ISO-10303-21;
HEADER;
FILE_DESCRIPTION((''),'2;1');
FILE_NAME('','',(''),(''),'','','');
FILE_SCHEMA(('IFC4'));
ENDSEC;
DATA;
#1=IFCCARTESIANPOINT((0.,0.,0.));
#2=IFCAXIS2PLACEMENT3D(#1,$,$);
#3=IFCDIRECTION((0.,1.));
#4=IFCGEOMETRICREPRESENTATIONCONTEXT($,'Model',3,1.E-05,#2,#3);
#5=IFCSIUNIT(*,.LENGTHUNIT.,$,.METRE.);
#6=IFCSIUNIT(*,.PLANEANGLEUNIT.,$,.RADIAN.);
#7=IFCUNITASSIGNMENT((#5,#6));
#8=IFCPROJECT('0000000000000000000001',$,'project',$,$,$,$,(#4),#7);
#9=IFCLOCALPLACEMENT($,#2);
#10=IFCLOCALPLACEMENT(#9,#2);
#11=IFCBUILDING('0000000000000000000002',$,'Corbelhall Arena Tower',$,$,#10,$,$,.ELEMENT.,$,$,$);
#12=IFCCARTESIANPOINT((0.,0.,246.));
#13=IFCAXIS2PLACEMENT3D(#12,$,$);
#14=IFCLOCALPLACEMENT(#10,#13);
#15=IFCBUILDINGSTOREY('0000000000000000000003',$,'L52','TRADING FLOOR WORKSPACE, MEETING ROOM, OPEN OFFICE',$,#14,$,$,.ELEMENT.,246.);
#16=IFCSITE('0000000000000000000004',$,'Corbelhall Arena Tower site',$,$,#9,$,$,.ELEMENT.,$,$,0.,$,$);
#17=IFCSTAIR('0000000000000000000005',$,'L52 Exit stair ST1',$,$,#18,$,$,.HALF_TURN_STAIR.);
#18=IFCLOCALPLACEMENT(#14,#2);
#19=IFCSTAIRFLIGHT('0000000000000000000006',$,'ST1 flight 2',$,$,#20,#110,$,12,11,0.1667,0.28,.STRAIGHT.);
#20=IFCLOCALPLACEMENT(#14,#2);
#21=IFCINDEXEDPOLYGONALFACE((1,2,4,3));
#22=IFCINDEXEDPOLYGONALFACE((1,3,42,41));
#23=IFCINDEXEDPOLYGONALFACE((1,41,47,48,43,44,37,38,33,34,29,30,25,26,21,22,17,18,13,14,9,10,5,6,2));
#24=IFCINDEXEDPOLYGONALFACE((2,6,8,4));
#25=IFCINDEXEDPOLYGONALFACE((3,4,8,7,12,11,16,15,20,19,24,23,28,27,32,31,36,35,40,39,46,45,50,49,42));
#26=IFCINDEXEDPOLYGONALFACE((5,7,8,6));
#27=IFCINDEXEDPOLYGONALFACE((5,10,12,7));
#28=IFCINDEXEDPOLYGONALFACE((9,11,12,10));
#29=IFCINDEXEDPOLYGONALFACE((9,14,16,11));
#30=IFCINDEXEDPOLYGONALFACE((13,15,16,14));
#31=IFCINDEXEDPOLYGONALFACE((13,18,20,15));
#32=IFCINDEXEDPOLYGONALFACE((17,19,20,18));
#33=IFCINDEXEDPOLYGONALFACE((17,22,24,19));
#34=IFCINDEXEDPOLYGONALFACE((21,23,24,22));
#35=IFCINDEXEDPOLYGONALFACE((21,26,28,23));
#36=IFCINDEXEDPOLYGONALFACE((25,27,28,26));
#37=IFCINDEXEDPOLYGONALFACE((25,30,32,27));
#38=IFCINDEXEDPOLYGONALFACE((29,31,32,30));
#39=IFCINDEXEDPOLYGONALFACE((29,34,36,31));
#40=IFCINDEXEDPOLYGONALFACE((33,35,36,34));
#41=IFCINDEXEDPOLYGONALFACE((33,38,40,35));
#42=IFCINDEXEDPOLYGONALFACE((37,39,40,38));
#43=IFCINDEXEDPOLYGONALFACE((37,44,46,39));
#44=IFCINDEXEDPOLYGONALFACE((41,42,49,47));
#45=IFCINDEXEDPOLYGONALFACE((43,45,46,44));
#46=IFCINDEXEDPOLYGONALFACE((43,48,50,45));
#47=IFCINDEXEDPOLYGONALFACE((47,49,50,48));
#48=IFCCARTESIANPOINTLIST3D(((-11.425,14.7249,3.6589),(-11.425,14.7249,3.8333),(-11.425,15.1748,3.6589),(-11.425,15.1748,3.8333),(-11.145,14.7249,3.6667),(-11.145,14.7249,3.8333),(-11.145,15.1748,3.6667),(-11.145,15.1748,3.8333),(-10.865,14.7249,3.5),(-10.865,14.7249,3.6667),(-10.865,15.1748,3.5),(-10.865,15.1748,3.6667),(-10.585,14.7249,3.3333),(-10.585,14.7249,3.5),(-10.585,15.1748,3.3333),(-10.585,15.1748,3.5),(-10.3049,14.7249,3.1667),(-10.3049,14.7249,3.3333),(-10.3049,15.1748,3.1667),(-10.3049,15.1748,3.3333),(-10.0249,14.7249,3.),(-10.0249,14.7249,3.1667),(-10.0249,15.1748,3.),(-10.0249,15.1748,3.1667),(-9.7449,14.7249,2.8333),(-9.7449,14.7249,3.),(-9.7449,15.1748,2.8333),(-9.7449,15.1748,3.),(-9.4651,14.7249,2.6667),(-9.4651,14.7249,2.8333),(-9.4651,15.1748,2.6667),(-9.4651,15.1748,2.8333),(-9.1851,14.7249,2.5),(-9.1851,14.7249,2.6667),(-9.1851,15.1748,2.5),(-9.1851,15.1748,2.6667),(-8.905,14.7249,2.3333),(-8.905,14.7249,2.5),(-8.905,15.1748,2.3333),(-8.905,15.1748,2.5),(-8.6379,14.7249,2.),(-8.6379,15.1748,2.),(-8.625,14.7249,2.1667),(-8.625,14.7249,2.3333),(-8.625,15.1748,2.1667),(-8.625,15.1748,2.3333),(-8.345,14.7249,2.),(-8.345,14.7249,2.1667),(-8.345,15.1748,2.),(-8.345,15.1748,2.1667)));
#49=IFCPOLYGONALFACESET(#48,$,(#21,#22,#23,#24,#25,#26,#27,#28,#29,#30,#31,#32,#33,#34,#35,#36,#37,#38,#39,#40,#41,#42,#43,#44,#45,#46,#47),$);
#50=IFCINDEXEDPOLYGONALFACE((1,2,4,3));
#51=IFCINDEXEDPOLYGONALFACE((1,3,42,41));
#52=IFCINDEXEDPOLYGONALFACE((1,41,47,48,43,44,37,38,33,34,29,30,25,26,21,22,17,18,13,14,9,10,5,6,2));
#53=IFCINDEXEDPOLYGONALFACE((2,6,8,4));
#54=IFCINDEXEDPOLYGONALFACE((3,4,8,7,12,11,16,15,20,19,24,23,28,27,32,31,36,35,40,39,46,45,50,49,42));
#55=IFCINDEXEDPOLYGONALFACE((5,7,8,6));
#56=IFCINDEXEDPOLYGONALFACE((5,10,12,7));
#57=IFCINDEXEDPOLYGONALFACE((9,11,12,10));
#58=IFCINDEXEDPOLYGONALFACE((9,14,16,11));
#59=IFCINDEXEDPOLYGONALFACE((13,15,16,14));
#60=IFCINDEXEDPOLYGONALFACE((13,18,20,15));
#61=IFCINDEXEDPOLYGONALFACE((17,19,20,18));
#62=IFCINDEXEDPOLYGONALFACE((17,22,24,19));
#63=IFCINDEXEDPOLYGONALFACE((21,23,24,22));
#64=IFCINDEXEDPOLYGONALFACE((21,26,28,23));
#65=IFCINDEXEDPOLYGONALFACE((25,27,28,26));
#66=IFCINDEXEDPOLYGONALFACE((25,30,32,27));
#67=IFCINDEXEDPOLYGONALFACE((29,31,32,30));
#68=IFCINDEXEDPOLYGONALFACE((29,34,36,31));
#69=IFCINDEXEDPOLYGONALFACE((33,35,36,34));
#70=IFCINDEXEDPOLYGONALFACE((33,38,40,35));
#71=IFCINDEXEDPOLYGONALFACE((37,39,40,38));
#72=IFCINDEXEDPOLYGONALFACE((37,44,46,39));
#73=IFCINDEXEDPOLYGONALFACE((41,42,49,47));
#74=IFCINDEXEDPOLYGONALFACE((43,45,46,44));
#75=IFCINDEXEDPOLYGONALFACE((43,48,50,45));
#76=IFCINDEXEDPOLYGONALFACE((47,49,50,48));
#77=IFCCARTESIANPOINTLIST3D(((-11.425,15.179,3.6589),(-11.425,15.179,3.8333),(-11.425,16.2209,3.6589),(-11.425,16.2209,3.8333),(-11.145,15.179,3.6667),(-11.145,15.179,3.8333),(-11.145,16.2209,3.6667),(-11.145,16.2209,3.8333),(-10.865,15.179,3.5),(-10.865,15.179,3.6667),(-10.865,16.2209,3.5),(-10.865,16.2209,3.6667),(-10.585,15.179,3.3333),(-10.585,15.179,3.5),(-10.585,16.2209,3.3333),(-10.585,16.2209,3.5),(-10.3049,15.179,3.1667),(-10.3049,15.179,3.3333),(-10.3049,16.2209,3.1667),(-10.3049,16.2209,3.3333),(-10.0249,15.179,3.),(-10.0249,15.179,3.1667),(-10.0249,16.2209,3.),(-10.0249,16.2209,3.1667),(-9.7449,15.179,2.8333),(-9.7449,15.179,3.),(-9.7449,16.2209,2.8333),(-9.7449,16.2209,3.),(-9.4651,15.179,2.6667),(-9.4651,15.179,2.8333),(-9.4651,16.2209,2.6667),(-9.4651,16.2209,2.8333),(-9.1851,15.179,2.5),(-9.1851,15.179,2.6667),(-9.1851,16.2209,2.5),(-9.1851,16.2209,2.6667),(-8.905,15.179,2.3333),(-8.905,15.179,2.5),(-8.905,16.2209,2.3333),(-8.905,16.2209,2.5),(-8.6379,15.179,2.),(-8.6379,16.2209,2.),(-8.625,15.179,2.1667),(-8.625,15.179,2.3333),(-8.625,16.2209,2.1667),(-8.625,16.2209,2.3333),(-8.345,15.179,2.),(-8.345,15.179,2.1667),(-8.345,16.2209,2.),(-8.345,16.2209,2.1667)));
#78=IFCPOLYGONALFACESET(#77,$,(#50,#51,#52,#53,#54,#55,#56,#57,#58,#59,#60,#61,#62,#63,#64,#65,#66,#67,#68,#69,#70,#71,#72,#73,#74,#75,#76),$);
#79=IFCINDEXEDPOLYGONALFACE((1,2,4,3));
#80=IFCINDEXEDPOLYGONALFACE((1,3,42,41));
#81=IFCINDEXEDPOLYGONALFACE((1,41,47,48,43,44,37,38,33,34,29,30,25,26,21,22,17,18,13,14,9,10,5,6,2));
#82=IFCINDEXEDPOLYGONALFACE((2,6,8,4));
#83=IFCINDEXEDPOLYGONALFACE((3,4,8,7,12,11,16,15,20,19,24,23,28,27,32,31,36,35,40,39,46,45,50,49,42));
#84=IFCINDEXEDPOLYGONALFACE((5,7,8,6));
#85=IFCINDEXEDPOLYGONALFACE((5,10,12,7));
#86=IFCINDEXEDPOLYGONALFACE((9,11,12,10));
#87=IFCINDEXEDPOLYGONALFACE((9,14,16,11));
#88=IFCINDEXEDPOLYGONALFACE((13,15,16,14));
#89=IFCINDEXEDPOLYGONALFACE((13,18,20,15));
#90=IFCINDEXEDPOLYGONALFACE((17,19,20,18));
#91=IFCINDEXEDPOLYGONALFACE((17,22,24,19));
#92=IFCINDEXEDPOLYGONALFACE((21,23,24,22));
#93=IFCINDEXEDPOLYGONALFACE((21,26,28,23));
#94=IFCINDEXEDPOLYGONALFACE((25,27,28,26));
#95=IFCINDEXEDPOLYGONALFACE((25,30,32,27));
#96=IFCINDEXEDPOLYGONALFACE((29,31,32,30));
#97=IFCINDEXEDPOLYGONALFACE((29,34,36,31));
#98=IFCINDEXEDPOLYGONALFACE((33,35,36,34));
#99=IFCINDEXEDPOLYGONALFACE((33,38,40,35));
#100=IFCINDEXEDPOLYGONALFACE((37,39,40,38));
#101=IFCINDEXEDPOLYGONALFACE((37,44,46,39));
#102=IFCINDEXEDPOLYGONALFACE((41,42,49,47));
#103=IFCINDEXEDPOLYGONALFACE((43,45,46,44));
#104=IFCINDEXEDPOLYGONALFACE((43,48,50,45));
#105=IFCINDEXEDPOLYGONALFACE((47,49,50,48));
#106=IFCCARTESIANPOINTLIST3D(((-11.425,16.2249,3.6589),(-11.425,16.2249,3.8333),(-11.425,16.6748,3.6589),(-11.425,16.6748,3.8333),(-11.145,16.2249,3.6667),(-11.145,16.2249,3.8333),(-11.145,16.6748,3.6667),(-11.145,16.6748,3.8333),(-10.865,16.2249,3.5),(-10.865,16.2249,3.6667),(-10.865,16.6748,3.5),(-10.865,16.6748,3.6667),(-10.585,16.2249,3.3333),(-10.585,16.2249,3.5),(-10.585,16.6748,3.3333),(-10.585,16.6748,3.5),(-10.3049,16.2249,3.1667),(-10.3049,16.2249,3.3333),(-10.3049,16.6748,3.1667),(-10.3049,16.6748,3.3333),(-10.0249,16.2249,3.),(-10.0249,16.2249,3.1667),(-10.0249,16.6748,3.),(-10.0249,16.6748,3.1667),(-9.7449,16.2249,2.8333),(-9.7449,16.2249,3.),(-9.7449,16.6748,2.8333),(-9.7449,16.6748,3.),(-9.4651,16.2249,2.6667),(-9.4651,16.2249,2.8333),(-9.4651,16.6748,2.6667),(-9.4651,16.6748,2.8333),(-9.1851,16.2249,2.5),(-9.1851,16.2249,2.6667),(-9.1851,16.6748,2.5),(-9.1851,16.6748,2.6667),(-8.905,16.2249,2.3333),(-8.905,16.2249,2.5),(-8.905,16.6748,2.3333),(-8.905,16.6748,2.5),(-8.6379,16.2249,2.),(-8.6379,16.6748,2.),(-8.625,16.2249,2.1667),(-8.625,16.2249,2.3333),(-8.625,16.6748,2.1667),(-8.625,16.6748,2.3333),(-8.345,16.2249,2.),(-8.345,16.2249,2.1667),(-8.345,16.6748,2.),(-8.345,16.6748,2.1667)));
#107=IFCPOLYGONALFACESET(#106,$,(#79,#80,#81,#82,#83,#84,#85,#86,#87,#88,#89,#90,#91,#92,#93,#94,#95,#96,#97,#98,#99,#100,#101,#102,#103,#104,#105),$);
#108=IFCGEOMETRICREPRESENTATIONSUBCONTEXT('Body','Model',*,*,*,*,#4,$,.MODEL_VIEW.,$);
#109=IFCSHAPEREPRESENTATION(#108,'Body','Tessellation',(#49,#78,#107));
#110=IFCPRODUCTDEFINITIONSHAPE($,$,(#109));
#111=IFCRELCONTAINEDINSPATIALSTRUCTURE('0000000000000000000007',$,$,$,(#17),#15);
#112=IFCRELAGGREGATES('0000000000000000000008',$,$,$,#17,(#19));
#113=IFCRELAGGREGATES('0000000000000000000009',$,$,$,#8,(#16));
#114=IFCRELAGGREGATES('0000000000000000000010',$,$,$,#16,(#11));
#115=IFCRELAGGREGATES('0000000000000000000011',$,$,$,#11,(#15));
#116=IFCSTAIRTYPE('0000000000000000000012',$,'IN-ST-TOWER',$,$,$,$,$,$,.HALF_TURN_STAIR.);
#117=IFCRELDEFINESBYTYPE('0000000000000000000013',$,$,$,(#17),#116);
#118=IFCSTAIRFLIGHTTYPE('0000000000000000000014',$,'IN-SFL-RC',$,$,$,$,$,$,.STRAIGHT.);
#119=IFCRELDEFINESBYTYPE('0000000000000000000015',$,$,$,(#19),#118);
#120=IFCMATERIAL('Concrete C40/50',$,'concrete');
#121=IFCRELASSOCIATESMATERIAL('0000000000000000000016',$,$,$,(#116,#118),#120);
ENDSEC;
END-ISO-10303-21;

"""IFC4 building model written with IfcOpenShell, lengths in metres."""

from ifc_helpers import new_model, si_unit, direction, frame, origin, place, context, subcontext, project, spatial, polyline, outline, extrude, material, type_object, element, aggregate, save


model = new_model("IFC4")

# Units and contexts
model_context = context("Model", 3, precision=1e-05, world=origin(), true_north=direction((0.0, 1.0)))
body_context = subcontext(model_context, "Body", "Model", "MODEL_VIEW")
ifc_project = project(units=[si_unit("LENGTHUNIT", "METRE"), si_unit("PLANEANGLEUNIT", "RADIAN")], contexts=[model_context])

# Site, building, storey
site_placement = place(None, origin())
site = spatial("IfcSite", under=ifc_project, at=site_placement, Name="Corbelhall Arena Tower site", CompositionType="ELEMENT", RefElevation=0.0)
building_placement = place(site_placement, origin())
building = spatial("IfcBuilding", under=site, at=building_placement, Name="Corbelhall Arena Tower", CompositionType="ELEMENT")
storey_placement = place(building_placement, frame((0.0, 0.0, 246.0)))
storey = spatial("IfcBuildingStorey", under=building, at=storey_placement, Name="L52", Description="TRADING FLOOR WORKSPACE, MEETING ROOM, OPEN OFFICE", CompositionType="ELEMENT", Elevation=246.0)

# Shared definitions
ifc_material_1 = material(Name="Concrete C40/50", Category="concrete")

# Stair, stair flight
stair_type = type_object("IfcStairType", Name="IN-ST-TOWER", PredefinedType="HALF_TURN_STAIR", material=ifc_material_1)
stair_placement = place(storey_placement, origin())
stair = element("IfcStair", 1, at=stair_placement, inside=storey, type_object=stair_type, Name="L52 Exit stair ST1", PredefinedType="HALF_TURN_STAIR")
stair_flight_type = type_object("IfcStairFlightType", Name="IN-SFL-RC", PredefinedType="STRAIGHT", material=ifc_material_1)
stair_flight_1_placement = place(storey_placement, frame((-8.345, 15.7, 2.0), z_axis=(0.0, 0.0, 1.0), x_axis=(-1.0, 0.0, 0.0)))
stair_flight_1 = element("IfcStairFlight", 2, at=stair_flight_1_placement, type_object=stair_flight_type, Name="ST1 flight 2", NumberOfRisers=12, NumberOfTreads=11, PredefinedType="STRAIGHT", RiserHeight=0.1667, TreadLength=0.28, context=body_context, shape_type="SweptSolid", body=[
    extrude(outline(polyline([(0.0, 0.0), (0.0, 0.1667), (0.28, 0.1667), (0.28, 0.3333), (0.5601, 0.3333), (0.5601, 0.5), (0.8401, 0.5), (0.8401, 0.6667), (1.1201, 0.6667), (1.1201, 0.8333), (1.3999, 0.8333), (1.3999, 1.0), (1.6799, 1.0), (1.6799, 1.1667), (1.96, 1.1667), (1.96, 1.3333), (2.24, 1.3333), (2.24, 1.5), (2.52, 1.5), (2.52, 1.6667), (2.8, 1.6667), (2.8, 1.8333), (3.0801, 1.8333), (3.0801, 2.0), (3.0801, 1.6589), (0.293, 0.0), (0.0, 0.0)])), frame((0.0, 0.9751, 0.0), z_axis=(0.0, -1.0, 0.0), x_axis=(1.0, 0.0, 0.0)), (0.0, 0.0, 1.0), 0.45),
    extrude(outline(polyline([(0.0, 0.0), (0.0, 0.1667), (0.28, 0.1667), (0.28, 0.3333), (0.5601, 0.3333), (0.5601, 0.5), (0.8401, 0.5), (0.8401, 0.6667), (1.1201, 0.6667), (1.1201, 0.8333), (1.3999, 0.8333), (1.3999, 1.0), (1.6799, 1.0), (1.6799, 1.1667), (1.96, 1.1667), (1.96, 1.3333), (2.24, 1.3333), (2.24, 1.5), (2.52, 1.5), (2.52, 1.6667), (2.8, 1.6667), (2.8, 1.8333), (3.0801, 1.8333), (3.0801, 2.0), (3.0801, 1.6589), (0.293, 0.0), (0.0, 0.0)])), frame((0.0, 0.521, 0.0), z_axis=(0.0, -1.0, 0.0), x_axis=(1.0, 0.0, 0.0)), (0.0, 0.0, 1.0), 1.042),
    extrude(outline(polyline([(0.0, 0.0), (0.0, 0.1667), (0.28, 0.1667), (0.28, 0.3333), (0.5601, 0.3333), (0.5601, 0.5), (0.8401, 0.5), (0.8401, 0.6667), (1.1201, 0.6667), (1.1201, 0.8333), (1.3999, 0.8333), (1.3999, 1.0), (1.6799, 1.0), (1.6799, 1.1667), (1.96, 1.1667), (1.96, 1.3333), (2.24, 1.3333), (2.24, 1.5), (2.52, 1.5), (2.52, 1.6667), (2.8, 1.6667), (2.8, 1.8333), (3.0801, 1.8333), (3.0801, 2.0), (3.0801, 1.6589), (0.293, 0.0), (0.0, 0.0)])), frame((0.0, -0.5249, 0.0), z_axis=(0.0, -1.0, 0.0), x_axis=(1.0, 0.0, 0.0)), (0.0, 0.0, 1.0), 0.45),
])
aggregate(stair, [stair_flight_1])

save(model, "model.ifc")
